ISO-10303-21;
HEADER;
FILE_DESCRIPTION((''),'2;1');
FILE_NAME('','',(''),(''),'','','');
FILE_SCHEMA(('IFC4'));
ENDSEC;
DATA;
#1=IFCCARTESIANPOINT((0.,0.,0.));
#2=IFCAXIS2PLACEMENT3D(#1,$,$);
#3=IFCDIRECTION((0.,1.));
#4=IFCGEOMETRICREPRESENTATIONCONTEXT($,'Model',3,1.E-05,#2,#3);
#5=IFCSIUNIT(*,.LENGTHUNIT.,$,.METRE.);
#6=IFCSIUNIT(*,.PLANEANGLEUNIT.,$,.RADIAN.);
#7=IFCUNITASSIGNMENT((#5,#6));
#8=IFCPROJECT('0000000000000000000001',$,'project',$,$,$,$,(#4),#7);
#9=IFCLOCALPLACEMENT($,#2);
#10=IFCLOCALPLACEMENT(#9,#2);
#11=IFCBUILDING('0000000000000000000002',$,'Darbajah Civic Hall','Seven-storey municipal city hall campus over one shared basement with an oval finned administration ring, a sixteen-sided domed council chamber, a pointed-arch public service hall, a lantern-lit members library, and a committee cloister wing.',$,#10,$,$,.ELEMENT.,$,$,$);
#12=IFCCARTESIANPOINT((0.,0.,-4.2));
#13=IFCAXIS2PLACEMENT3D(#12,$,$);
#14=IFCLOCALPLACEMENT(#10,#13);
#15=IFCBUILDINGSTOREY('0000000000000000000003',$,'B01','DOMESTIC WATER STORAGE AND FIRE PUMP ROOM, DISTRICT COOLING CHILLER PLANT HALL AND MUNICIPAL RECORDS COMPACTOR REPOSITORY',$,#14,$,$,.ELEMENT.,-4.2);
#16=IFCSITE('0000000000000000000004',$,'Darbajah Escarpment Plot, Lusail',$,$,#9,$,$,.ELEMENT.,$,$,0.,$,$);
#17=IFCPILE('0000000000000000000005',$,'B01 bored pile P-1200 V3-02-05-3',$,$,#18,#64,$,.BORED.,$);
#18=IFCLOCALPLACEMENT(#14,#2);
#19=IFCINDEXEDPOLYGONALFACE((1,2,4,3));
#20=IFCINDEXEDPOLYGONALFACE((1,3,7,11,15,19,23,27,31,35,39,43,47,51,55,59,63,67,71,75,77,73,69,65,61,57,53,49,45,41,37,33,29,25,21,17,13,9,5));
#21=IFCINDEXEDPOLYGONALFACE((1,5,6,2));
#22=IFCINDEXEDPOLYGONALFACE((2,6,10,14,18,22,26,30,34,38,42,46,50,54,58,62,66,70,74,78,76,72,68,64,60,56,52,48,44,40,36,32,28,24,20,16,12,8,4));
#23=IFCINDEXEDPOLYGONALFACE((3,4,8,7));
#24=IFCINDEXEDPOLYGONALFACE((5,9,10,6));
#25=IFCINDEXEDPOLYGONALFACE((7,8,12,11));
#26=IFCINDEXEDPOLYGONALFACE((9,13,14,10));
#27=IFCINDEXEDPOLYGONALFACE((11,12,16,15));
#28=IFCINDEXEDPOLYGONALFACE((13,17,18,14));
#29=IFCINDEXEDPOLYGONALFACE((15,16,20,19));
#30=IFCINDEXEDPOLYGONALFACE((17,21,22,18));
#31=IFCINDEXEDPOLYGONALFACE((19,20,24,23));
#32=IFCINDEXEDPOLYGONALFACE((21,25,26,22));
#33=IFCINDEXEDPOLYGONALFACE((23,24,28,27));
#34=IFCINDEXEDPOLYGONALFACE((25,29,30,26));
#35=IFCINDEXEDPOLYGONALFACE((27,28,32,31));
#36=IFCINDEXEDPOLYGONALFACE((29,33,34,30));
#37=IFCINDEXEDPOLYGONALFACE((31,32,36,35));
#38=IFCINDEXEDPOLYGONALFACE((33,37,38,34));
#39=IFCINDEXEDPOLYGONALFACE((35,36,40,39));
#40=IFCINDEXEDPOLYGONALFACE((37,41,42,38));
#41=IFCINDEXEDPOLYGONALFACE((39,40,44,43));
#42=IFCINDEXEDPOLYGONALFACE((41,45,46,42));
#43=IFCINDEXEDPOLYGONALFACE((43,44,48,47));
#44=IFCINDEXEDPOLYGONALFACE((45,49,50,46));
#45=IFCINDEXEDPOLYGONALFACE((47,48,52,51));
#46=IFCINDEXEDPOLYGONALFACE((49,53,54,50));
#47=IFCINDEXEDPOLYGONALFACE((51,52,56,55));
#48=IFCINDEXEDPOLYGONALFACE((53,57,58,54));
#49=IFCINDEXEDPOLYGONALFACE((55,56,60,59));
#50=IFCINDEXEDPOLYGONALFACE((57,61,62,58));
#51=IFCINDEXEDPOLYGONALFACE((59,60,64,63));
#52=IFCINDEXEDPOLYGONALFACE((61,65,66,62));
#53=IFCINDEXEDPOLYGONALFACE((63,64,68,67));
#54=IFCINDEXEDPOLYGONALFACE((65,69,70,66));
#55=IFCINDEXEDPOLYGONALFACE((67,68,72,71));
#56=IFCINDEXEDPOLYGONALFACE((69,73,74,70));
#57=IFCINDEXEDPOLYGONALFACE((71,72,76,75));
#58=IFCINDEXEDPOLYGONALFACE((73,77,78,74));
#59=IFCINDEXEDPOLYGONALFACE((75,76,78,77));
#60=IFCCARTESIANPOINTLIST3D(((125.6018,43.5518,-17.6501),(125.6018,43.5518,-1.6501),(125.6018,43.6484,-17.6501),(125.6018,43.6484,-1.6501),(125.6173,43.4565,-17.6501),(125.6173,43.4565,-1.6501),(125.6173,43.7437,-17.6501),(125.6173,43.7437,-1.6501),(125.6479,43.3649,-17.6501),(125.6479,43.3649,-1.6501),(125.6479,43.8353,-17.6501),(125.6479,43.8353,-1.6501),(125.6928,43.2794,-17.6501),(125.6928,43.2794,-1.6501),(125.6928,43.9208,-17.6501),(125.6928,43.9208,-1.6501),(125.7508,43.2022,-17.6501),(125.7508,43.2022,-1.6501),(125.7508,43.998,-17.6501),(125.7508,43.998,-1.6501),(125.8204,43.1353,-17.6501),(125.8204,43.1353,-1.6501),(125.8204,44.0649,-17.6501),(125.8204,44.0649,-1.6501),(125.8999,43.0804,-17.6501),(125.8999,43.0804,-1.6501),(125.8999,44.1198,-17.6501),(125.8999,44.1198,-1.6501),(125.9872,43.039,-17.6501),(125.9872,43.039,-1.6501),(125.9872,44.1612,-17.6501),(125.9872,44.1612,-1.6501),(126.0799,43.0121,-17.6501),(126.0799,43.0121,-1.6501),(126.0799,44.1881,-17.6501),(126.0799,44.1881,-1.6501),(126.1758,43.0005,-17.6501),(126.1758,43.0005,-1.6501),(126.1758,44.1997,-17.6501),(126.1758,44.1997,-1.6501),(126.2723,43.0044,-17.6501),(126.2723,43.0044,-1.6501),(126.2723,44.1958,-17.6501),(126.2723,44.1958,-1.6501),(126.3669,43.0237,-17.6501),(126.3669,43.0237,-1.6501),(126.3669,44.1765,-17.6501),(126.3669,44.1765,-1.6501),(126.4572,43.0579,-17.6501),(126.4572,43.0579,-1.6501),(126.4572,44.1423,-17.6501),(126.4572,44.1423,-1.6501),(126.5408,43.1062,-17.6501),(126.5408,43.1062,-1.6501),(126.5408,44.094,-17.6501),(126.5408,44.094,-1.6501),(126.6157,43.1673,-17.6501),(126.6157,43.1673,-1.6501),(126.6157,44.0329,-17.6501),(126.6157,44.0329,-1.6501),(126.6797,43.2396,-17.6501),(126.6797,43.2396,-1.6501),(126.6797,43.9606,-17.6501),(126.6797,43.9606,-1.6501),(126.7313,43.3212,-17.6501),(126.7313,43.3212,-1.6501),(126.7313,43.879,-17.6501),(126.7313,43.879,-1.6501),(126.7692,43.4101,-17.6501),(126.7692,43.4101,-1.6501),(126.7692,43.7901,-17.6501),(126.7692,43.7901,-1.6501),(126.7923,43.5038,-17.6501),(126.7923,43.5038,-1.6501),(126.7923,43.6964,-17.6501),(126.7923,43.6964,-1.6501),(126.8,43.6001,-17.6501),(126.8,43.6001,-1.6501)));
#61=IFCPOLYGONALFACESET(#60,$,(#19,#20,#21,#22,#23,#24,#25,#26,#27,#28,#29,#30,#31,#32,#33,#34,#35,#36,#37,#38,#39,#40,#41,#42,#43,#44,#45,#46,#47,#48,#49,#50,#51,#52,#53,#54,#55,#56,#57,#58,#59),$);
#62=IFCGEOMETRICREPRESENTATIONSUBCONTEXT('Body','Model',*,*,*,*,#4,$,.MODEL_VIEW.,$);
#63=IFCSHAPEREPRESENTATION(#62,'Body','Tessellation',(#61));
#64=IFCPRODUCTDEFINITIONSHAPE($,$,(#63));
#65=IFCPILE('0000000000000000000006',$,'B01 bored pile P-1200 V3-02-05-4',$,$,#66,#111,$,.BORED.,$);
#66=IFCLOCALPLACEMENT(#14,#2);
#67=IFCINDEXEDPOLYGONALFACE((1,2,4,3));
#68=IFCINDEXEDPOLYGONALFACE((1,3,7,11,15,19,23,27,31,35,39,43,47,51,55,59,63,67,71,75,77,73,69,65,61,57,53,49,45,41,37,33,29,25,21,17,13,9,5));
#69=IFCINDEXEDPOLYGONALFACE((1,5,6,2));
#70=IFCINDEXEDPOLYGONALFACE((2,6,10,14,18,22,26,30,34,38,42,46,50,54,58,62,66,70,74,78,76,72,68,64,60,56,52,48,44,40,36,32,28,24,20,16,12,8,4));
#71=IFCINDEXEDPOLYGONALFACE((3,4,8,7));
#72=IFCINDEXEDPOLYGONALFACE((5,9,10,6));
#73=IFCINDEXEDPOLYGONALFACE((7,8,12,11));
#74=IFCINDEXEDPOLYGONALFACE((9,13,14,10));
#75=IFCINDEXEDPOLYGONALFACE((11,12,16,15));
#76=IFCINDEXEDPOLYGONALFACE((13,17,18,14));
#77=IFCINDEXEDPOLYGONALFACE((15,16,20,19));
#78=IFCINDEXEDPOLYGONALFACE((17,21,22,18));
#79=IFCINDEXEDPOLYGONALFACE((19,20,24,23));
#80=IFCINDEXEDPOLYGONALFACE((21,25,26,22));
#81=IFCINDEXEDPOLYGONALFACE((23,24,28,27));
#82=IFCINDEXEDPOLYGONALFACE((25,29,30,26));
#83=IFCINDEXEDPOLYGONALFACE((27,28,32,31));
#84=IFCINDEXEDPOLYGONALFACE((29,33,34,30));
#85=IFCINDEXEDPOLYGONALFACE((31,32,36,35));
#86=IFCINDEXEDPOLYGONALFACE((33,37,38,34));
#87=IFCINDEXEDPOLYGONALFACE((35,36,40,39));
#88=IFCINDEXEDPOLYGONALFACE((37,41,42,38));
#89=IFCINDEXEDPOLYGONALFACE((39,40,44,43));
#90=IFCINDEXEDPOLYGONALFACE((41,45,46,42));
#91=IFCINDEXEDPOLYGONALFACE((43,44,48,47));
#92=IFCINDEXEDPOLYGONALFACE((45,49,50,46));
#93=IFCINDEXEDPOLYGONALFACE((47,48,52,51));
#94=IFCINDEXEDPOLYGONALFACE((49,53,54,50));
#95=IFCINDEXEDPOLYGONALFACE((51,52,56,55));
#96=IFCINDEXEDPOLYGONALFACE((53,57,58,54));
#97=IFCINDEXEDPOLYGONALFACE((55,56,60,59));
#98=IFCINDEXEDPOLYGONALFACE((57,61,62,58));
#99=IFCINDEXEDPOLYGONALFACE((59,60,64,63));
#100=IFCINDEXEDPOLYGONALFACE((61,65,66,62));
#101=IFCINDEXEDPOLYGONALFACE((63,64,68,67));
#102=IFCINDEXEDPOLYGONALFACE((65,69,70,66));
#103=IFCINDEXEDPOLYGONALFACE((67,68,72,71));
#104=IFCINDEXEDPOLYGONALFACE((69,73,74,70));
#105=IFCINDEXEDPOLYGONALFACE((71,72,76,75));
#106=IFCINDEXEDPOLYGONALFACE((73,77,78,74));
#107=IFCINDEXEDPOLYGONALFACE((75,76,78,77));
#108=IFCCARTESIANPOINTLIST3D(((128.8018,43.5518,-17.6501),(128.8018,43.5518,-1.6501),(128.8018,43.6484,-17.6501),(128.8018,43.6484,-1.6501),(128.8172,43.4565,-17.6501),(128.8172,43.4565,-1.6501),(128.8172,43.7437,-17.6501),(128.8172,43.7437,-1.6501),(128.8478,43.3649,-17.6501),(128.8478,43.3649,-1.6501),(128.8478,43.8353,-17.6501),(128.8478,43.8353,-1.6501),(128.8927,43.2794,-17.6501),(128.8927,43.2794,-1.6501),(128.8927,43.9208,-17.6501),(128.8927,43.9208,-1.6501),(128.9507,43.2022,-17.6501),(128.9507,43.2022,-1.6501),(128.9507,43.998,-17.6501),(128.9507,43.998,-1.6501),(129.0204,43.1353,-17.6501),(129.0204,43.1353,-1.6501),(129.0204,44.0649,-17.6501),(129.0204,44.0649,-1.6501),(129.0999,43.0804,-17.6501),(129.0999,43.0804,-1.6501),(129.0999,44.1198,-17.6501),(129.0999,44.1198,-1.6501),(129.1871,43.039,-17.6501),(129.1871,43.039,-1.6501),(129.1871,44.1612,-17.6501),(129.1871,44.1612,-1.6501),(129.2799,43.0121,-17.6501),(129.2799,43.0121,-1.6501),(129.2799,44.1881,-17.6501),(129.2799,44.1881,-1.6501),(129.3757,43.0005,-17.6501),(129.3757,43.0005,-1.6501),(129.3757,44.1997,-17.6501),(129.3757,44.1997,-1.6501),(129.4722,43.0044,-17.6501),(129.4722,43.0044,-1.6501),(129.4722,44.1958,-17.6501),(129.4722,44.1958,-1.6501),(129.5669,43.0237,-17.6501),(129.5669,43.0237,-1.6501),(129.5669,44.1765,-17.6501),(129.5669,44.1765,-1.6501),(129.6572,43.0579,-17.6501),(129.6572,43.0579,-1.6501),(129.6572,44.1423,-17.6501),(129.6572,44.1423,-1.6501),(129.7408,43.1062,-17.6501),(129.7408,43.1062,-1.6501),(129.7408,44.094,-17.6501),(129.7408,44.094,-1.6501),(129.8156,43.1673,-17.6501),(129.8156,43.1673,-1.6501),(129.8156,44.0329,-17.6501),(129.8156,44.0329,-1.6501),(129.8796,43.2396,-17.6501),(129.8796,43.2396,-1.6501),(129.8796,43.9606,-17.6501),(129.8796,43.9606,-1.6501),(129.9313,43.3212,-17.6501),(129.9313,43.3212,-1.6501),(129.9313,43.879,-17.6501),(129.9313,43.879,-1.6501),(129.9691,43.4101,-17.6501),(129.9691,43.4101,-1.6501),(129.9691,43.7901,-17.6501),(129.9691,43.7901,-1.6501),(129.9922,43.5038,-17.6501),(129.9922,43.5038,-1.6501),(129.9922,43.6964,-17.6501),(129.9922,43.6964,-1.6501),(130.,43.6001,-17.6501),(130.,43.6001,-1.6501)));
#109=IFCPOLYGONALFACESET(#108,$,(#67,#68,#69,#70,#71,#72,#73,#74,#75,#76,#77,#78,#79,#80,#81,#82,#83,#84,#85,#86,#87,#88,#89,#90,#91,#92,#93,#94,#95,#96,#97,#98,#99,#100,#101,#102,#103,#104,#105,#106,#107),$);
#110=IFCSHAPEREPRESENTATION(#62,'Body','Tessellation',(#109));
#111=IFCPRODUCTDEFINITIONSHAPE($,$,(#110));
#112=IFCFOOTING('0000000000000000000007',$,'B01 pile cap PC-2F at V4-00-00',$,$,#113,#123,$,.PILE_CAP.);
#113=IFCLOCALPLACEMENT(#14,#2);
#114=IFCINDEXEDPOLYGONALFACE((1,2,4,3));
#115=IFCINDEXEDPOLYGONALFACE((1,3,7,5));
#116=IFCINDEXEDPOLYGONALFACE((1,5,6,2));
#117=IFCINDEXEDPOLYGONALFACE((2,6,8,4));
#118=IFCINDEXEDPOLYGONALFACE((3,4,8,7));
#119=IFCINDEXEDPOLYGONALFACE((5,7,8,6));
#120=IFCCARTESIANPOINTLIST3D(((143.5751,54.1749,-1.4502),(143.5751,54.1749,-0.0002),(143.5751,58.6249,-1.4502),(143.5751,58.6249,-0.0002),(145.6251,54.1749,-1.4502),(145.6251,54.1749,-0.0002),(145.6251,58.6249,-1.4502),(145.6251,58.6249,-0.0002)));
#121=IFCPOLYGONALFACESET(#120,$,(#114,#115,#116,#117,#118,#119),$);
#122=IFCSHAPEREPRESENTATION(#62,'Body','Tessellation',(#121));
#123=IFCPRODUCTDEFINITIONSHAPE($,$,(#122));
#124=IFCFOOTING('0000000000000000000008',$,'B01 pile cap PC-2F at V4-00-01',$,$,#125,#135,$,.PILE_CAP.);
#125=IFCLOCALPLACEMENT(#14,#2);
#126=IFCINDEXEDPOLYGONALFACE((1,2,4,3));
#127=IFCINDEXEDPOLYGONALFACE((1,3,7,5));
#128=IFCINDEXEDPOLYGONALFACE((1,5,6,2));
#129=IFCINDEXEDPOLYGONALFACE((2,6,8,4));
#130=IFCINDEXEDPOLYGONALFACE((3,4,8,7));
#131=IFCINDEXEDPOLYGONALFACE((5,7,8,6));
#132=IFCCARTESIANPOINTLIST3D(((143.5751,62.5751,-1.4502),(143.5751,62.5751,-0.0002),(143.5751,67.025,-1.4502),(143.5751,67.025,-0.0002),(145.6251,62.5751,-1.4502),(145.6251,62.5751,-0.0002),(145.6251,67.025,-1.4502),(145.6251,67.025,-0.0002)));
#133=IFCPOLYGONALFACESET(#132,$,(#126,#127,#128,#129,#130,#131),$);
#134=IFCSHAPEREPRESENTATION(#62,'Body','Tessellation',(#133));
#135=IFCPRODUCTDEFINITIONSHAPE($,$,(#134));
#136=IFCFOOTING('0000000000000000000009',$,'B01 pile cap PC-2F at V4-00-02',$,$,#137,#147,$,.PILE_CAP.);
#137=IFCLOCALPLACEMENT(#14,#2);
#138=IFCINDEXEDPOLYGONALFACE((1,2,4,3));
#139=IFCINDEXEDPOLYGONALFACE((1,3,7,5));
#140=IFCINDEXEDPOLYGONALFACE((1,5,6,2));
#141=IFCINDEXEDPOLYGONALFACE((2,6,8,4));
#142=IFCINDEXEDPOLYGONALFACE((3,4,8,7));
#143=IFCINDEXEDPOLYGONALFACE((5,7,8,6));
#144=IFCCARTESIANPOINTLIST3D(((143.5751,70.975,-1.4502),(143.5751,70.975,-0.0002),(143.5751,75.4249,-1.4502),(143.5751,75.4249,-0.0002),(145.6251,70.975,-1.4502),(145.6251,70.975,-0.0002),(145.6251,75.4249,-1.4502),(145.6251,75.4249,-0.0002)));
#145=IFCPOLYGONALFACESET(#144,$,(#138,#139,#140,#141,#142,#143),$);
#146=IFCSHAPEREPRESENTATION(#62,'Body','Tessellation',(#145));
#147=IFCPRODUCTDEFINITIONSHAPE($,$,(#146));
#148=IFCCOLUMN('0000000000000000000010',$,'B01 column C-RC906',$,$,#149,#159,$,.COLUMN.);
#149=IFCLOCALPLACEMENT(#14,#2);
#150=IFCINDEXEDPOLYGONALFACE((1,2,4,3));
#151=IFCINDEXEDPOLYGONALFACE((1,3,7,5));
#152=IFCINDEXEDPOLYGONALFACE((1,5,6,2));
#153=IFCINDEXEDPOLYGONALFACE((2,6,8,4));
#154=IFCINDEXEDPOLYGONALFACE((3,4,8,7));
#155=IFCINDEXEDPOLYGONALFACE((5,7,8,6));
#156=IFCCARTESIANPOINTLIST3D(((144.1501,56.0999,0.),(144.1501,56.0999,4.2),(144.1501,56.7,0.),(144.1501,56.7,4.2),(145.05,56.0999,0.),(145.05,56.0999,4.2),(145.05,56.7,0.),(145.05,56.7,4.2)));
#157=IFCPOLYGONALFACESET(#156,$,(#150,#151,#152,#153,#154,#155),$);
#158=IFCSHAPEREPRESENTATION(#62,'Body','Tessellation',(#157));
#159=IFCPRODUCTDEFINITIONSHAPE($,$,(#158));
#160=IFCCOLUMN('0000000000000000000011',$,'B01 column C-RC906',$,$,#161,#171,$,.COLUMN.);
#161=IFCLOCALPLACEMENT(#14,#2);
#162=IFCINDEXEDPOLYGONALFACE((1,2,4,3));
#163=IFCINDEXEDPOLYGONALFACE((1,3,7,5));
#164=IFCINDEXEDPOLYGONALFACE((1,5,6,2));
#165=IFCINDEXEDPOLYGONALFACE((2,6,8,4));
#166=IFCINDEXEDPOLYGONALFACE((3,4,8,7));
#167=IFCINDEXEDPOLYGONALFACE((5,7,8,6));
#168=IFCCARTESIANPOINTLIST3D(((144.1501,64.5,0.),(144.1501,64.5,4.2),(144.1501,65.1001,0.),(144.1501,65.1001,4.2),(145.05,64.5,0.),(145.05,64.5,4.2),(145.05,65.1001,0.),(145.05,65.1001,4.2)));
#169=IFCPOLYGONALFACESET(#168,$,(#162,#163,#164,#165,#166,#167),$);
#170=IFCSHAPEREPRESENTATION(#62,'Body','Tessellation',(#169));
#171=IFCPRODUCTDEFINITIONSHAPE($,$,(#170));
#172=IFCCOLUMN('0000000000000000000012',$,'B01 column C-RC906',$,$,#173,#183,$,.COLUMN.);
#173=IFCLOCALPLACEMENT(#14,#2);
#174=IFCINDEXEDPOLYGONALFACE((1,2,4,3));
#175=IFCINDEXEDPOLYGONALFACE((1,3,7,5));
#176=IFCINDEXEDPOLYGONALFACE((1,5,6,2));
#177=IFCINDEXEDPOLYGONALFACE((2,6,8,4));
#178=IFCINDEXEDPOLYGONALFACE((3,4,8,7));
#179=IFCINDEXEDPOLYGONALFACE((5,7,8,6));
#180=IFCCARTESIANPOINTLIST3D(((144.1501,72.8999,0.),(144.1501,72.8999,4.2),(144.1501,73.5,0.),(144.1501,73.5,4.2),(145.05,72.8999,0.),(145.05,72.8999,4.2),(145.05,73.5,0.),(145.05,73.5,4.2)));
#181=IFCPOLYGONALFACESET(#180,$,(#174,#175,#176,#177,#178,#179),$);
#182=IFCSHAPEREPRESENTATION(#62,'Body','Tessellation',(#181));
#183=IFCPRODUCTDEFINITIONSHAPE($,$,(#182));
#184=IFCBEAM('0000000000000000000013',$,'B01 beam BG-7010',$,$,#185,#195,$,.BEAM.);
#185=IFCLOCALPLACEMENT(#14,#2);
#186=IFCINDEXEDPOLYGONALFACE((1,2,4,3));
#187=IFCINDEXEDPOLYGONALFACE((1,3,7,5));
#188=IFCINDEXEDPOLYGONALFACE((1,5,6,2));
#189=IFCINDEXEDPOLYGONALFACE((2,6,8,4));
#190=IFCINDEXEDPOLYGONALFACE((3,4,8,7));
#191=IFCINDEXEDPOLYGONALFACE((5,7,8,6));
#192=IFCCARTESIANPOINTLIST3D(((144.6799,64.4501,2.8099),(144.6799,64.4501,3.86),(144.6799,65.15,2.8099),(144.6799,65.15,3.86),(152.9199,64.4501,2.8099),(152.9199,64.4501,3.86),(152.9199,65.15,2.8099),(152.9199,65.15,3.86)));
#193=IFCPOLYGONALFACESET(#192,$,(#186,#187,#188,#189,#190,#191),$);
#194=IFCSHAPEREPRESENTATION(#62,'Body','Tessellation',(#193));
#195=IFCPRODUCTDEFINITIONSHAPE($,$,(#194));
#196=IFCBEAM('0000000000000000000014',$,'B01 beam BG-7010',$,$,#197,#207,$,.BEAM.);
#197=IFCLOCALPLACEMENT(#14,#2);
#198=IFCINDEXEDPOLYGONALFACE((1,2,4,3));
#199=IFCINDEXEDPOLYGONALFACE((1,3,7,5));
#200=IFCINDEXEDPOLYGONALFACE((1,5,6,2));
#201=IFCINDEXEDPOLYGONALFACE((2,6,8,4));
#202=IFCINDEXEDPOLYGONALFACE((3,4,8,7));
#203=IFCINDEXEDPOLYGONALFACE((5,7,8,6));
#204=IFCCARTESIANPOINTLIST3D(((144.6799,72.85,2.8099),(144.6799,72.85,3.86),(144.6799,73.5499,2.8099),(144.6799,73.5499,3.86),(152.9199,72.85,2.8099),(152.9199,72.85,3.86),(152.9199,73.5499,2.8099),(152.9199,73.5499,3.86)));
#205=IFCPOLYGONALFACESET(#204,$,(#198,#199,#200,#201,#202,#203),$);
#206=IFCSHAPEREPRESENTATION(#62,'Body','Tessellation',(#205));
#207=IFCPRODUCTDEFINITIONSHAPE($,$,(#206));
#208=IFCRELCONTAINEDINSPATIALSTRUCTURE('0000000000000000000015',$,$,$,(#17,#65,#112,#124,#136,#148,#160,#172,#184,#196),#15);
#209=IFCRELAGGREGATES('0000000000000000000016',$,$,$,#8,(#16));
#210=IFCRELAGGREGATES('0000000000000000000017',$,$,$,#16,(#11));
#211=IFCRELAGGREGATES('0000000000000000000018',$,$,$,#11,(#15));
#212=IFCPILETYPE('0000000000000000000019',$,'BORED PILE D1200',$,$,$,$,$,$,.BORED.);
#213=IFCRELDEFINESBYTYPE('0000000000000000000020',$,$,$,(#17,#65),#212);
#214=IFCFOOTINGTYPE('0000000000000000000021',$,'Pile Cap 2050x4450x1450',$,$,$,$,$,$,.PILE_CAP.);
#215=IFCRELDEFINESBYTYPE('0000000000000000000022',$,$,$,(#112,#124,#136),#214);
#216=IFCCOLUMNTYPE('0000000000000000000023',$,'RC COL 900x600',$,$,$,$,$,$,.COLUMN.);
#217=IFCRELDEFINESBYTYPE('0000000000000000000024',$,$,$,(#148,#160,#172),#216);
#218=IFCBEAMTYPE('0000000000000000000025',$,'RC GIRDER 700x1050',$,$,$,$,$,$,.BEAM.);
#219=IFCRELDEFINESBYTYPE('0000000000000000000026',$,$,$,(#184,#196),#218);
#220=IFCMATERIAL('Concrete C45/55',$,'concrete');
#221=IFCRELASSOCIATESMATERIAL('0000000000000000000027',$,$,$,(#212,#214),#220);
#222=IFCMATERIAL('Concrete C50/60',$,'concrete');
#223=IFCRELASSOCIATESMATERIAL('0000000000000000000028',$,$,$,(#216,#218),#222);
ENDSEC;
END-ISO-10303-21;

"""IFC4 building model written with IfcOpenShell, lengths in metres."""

from ifc_helpers import new_model, si_unit, direction, frame, origin, origin_2d, place, context, subcontext, project, spatial, rectangle, circle, extrude, material, material_profile, profile_set, type_object, element, save


model = new_model("IFC4")

# Units and contexts
model_context = context("Model", 3, precision=1e-05, world=origin(), true_north=direction((0.0, 1.0)))
body_context = subcontext(model_context, "Body", "Model", "MODEL_VIEW")
ifc_project = project(units=[si_unit("LENGTHUNIT", "METRE"), si_unit("PLANEANGLEUNIT", "RADIAN")], contexts=[model_context])

# Site, building, storey
site_placement = place(None, origin())
site = spatial("IfcSite", under=ifc_project, at=site_placement, Name="Darbajah Escarpment Plot, Lusail", CompositionType="ELEMENT", RefElevation=0.0)
building_placement = place(site_placement, origin())
building = spatial("IfcBuilding", under=site, at=building_placement, Name="Darbajah Civic Hall", Description="Seven-storey municipal city hall campus over one shared basement with an oval finned administration ring, a sixteen-sided domed council chamber, a pointed-arch public service hall, a lantern-lit members library, and a committee cloister wing.", CompositionType="ELEMENT")
storey_placement = place(building_placement, frame((0.0, 0.0, -4.2)))
storey = spatial("IfcBuildingStorey", under=building, at=storey_placement, Name="B01", Description="DOMESTIC WATER STORAGE AND FIRE PUMP ROOM, DISTRICT COOLING CHILLER PLANT HALL AND MUNICIPAL RECORDS COMPACTOR REPOSITORY", CompositionType="ELEMENT", Elevation=-4.2)

# Piles
ifc_material_1 = material(Name="Concrete C45/55", Category="concrete")
ifc_material_profile_1 = material_profile(ifc_material_1, circle(Radius=0.6001, at=origin_2d()), Name="BORED PILE D1200")
ifc_profile_set_1 = profile_set([ifc_material_profile_1], Name="Concrete C45/55")
pile_type_1 = type_object("IfcPileType", Name="BORED PILE D1200", PredefinedType="BORED", material=ifc_profile_set_1)
for number, where, z_axis, x_axis, name in (
    (1, (126.2, 43.6001, -1.6501), (0.0, 0.0, -1.0), (1.0, 0.0, 0.0), "B01 bored pile P-1200 V3-02-05-3"),
    (2, (129.3999, 43.6001, -1.6501), (0.0, 0.0, -1.0), (1.0, 0.0, 0.0), "B01 bored pile P-1200 V3-02-05-4"),
):
    element("IfcPile", number, at=place(storey_placement, frame(where, z_axis=z_axis, x_axis=x_axis)), inside=storey, type_object=pile_type_1, Name=name, PredefinedType="BORED", context=body_context, shape_type="SweptSolid", body=[
        extrude(circle(Radius=0.6001, at=origin_2d()), origin(), (0.0, 0.0, 1.0), 16.0),
    ])

# Footings
footing_type = type_object("IfcFootingType", Name="Pile Cap 2050x4450x1450", PredefinedType="PILE_CAP", material=ifc_material_1)
for number, where, z_axis, x_axis, name in (
    (3, (144.6001, 56.3999, -1.4502), (0.0, 0.0, 1.0), (1.0, 0.0, 0.0), "B01 pile cap PC-2F at V4-00-00"),
    (4, (144.6001, 64.8, -1.4502), (0.0, 0.0, 1.0), (1.0, 0.0, 0.0), "B01 pile cap PC-2F at V4-00-01"),
    (5, (144.6001, 73.2, -1.4502), (0.0, 0.0, 1.0), (1.0, 0.0, 0.0), "B01 pile cap PC-2F at V4-00-02"),
):
    element("IfcFooting", number, at=place(storey_placement, frame(where, z_axis=z_axis, x_axis=x_axis)), inside=storey, type_object=footing_type, Name=name, PredefinedType="PILE_CAP", context=body_context, shape_type="SweptSolid", body=[
        extrude(rectangle(XDim=2.05, YDim=4.45, at=origin_2d()), origin(), (0.0, 0.0, 1.0), 1.45),
    ])

# Columns
ifc_material_2 = material(Name="Concrete C50/60", Category="concrete")
ifc_material_profile_2 = material_profile(ifc_material_2, rectangle(XDim=0.8999, YDim=0.6001, at=origin_2d()), Name="RC COL 900x600")
ifc_profile_set_2 = profile_set([ifc_material_profile_2], Name="Concrete C50/60")
column_type = type_object("IfcColumnType", Name="RC COL 900x600", PredefinedType="COLUMN", material=ifc_profile_set_2)
for number, where, z_axis, x_axis, name in (
    (6, (144.6001, 56.3999, 0.0), (0.0, 0.0, 1.0), (1.0, 0.0, 0.0), "B01 column C-RC906"),
    (7, (144.6001, 64.8, 0.0), (0.0, 0.0, 1.0), (1.0, 0.0, 0.0), "B01 column C-RC906"),
    (8, (144.6001, 73.2, 0.0), (0.0, 0.0, 1.0), (1.0, 0.0, 0.0), "B01 column C-RC906"),
):
    element("IfcColumn", number, at=place(storey_placement, frame(where, z_axis=z_axis, x_axis=x_axis)), inside=storey, type_object=column_type, Name=name, PredefinedType="COLUMN", context=body_context, shape_type="SweptSolid", body=[
        extrude(rectangle(XDim=0.8999, YDim=0.6001, at=origin_2d()), origin(), (0.0, 0.0, 1.0), 4.2),
    ])

# Beams
ifc_material_profile_3 = material_profile(ifc_material_2, rectangle(XDim=0.7, YDim=1.05, at=origin_2d()), Name="RC GIRDER 700x1050")
ifc_profile_set_3 = profile_set([ifc_material_profile_3], Name="Concrete C50/60")
beam_type_1 = type_object("IfcBeamType", Name="RC GIRDER 700x1050", PredefinedType="BEAM", material=ifc_profile_set_3)
for number, where, z_axis, x_axis, name in (
    (9, (144.6799, 64.8, 3.335), (1.0, 0.0, 0.0), (0.0, 1.0, 0.0), "B01 beam BG-7010"),
    (10, (144.6799, 73.2, 3.335), (1.0, 0.0, 0.0), (0.0, 1.0, 0.0), "B01 beam BG-7010"),
):
    element("IfcBeam", number, at=place(storey_placement, frame(where, z_axis=z_axis, x_axis=x_axis)), inside=storey, type_object=beam_type_1, Name=name, PredefinedType="BEAM", context=body_context, shape_type="SweptSolid", body=[
        extrude(rectangle(XDim=0.7, YDim=1.05, at=origin_2d()), origin(), (0.0, 0.0, 1.0), 8.24),
    ])

save(model, "model.ifc")
